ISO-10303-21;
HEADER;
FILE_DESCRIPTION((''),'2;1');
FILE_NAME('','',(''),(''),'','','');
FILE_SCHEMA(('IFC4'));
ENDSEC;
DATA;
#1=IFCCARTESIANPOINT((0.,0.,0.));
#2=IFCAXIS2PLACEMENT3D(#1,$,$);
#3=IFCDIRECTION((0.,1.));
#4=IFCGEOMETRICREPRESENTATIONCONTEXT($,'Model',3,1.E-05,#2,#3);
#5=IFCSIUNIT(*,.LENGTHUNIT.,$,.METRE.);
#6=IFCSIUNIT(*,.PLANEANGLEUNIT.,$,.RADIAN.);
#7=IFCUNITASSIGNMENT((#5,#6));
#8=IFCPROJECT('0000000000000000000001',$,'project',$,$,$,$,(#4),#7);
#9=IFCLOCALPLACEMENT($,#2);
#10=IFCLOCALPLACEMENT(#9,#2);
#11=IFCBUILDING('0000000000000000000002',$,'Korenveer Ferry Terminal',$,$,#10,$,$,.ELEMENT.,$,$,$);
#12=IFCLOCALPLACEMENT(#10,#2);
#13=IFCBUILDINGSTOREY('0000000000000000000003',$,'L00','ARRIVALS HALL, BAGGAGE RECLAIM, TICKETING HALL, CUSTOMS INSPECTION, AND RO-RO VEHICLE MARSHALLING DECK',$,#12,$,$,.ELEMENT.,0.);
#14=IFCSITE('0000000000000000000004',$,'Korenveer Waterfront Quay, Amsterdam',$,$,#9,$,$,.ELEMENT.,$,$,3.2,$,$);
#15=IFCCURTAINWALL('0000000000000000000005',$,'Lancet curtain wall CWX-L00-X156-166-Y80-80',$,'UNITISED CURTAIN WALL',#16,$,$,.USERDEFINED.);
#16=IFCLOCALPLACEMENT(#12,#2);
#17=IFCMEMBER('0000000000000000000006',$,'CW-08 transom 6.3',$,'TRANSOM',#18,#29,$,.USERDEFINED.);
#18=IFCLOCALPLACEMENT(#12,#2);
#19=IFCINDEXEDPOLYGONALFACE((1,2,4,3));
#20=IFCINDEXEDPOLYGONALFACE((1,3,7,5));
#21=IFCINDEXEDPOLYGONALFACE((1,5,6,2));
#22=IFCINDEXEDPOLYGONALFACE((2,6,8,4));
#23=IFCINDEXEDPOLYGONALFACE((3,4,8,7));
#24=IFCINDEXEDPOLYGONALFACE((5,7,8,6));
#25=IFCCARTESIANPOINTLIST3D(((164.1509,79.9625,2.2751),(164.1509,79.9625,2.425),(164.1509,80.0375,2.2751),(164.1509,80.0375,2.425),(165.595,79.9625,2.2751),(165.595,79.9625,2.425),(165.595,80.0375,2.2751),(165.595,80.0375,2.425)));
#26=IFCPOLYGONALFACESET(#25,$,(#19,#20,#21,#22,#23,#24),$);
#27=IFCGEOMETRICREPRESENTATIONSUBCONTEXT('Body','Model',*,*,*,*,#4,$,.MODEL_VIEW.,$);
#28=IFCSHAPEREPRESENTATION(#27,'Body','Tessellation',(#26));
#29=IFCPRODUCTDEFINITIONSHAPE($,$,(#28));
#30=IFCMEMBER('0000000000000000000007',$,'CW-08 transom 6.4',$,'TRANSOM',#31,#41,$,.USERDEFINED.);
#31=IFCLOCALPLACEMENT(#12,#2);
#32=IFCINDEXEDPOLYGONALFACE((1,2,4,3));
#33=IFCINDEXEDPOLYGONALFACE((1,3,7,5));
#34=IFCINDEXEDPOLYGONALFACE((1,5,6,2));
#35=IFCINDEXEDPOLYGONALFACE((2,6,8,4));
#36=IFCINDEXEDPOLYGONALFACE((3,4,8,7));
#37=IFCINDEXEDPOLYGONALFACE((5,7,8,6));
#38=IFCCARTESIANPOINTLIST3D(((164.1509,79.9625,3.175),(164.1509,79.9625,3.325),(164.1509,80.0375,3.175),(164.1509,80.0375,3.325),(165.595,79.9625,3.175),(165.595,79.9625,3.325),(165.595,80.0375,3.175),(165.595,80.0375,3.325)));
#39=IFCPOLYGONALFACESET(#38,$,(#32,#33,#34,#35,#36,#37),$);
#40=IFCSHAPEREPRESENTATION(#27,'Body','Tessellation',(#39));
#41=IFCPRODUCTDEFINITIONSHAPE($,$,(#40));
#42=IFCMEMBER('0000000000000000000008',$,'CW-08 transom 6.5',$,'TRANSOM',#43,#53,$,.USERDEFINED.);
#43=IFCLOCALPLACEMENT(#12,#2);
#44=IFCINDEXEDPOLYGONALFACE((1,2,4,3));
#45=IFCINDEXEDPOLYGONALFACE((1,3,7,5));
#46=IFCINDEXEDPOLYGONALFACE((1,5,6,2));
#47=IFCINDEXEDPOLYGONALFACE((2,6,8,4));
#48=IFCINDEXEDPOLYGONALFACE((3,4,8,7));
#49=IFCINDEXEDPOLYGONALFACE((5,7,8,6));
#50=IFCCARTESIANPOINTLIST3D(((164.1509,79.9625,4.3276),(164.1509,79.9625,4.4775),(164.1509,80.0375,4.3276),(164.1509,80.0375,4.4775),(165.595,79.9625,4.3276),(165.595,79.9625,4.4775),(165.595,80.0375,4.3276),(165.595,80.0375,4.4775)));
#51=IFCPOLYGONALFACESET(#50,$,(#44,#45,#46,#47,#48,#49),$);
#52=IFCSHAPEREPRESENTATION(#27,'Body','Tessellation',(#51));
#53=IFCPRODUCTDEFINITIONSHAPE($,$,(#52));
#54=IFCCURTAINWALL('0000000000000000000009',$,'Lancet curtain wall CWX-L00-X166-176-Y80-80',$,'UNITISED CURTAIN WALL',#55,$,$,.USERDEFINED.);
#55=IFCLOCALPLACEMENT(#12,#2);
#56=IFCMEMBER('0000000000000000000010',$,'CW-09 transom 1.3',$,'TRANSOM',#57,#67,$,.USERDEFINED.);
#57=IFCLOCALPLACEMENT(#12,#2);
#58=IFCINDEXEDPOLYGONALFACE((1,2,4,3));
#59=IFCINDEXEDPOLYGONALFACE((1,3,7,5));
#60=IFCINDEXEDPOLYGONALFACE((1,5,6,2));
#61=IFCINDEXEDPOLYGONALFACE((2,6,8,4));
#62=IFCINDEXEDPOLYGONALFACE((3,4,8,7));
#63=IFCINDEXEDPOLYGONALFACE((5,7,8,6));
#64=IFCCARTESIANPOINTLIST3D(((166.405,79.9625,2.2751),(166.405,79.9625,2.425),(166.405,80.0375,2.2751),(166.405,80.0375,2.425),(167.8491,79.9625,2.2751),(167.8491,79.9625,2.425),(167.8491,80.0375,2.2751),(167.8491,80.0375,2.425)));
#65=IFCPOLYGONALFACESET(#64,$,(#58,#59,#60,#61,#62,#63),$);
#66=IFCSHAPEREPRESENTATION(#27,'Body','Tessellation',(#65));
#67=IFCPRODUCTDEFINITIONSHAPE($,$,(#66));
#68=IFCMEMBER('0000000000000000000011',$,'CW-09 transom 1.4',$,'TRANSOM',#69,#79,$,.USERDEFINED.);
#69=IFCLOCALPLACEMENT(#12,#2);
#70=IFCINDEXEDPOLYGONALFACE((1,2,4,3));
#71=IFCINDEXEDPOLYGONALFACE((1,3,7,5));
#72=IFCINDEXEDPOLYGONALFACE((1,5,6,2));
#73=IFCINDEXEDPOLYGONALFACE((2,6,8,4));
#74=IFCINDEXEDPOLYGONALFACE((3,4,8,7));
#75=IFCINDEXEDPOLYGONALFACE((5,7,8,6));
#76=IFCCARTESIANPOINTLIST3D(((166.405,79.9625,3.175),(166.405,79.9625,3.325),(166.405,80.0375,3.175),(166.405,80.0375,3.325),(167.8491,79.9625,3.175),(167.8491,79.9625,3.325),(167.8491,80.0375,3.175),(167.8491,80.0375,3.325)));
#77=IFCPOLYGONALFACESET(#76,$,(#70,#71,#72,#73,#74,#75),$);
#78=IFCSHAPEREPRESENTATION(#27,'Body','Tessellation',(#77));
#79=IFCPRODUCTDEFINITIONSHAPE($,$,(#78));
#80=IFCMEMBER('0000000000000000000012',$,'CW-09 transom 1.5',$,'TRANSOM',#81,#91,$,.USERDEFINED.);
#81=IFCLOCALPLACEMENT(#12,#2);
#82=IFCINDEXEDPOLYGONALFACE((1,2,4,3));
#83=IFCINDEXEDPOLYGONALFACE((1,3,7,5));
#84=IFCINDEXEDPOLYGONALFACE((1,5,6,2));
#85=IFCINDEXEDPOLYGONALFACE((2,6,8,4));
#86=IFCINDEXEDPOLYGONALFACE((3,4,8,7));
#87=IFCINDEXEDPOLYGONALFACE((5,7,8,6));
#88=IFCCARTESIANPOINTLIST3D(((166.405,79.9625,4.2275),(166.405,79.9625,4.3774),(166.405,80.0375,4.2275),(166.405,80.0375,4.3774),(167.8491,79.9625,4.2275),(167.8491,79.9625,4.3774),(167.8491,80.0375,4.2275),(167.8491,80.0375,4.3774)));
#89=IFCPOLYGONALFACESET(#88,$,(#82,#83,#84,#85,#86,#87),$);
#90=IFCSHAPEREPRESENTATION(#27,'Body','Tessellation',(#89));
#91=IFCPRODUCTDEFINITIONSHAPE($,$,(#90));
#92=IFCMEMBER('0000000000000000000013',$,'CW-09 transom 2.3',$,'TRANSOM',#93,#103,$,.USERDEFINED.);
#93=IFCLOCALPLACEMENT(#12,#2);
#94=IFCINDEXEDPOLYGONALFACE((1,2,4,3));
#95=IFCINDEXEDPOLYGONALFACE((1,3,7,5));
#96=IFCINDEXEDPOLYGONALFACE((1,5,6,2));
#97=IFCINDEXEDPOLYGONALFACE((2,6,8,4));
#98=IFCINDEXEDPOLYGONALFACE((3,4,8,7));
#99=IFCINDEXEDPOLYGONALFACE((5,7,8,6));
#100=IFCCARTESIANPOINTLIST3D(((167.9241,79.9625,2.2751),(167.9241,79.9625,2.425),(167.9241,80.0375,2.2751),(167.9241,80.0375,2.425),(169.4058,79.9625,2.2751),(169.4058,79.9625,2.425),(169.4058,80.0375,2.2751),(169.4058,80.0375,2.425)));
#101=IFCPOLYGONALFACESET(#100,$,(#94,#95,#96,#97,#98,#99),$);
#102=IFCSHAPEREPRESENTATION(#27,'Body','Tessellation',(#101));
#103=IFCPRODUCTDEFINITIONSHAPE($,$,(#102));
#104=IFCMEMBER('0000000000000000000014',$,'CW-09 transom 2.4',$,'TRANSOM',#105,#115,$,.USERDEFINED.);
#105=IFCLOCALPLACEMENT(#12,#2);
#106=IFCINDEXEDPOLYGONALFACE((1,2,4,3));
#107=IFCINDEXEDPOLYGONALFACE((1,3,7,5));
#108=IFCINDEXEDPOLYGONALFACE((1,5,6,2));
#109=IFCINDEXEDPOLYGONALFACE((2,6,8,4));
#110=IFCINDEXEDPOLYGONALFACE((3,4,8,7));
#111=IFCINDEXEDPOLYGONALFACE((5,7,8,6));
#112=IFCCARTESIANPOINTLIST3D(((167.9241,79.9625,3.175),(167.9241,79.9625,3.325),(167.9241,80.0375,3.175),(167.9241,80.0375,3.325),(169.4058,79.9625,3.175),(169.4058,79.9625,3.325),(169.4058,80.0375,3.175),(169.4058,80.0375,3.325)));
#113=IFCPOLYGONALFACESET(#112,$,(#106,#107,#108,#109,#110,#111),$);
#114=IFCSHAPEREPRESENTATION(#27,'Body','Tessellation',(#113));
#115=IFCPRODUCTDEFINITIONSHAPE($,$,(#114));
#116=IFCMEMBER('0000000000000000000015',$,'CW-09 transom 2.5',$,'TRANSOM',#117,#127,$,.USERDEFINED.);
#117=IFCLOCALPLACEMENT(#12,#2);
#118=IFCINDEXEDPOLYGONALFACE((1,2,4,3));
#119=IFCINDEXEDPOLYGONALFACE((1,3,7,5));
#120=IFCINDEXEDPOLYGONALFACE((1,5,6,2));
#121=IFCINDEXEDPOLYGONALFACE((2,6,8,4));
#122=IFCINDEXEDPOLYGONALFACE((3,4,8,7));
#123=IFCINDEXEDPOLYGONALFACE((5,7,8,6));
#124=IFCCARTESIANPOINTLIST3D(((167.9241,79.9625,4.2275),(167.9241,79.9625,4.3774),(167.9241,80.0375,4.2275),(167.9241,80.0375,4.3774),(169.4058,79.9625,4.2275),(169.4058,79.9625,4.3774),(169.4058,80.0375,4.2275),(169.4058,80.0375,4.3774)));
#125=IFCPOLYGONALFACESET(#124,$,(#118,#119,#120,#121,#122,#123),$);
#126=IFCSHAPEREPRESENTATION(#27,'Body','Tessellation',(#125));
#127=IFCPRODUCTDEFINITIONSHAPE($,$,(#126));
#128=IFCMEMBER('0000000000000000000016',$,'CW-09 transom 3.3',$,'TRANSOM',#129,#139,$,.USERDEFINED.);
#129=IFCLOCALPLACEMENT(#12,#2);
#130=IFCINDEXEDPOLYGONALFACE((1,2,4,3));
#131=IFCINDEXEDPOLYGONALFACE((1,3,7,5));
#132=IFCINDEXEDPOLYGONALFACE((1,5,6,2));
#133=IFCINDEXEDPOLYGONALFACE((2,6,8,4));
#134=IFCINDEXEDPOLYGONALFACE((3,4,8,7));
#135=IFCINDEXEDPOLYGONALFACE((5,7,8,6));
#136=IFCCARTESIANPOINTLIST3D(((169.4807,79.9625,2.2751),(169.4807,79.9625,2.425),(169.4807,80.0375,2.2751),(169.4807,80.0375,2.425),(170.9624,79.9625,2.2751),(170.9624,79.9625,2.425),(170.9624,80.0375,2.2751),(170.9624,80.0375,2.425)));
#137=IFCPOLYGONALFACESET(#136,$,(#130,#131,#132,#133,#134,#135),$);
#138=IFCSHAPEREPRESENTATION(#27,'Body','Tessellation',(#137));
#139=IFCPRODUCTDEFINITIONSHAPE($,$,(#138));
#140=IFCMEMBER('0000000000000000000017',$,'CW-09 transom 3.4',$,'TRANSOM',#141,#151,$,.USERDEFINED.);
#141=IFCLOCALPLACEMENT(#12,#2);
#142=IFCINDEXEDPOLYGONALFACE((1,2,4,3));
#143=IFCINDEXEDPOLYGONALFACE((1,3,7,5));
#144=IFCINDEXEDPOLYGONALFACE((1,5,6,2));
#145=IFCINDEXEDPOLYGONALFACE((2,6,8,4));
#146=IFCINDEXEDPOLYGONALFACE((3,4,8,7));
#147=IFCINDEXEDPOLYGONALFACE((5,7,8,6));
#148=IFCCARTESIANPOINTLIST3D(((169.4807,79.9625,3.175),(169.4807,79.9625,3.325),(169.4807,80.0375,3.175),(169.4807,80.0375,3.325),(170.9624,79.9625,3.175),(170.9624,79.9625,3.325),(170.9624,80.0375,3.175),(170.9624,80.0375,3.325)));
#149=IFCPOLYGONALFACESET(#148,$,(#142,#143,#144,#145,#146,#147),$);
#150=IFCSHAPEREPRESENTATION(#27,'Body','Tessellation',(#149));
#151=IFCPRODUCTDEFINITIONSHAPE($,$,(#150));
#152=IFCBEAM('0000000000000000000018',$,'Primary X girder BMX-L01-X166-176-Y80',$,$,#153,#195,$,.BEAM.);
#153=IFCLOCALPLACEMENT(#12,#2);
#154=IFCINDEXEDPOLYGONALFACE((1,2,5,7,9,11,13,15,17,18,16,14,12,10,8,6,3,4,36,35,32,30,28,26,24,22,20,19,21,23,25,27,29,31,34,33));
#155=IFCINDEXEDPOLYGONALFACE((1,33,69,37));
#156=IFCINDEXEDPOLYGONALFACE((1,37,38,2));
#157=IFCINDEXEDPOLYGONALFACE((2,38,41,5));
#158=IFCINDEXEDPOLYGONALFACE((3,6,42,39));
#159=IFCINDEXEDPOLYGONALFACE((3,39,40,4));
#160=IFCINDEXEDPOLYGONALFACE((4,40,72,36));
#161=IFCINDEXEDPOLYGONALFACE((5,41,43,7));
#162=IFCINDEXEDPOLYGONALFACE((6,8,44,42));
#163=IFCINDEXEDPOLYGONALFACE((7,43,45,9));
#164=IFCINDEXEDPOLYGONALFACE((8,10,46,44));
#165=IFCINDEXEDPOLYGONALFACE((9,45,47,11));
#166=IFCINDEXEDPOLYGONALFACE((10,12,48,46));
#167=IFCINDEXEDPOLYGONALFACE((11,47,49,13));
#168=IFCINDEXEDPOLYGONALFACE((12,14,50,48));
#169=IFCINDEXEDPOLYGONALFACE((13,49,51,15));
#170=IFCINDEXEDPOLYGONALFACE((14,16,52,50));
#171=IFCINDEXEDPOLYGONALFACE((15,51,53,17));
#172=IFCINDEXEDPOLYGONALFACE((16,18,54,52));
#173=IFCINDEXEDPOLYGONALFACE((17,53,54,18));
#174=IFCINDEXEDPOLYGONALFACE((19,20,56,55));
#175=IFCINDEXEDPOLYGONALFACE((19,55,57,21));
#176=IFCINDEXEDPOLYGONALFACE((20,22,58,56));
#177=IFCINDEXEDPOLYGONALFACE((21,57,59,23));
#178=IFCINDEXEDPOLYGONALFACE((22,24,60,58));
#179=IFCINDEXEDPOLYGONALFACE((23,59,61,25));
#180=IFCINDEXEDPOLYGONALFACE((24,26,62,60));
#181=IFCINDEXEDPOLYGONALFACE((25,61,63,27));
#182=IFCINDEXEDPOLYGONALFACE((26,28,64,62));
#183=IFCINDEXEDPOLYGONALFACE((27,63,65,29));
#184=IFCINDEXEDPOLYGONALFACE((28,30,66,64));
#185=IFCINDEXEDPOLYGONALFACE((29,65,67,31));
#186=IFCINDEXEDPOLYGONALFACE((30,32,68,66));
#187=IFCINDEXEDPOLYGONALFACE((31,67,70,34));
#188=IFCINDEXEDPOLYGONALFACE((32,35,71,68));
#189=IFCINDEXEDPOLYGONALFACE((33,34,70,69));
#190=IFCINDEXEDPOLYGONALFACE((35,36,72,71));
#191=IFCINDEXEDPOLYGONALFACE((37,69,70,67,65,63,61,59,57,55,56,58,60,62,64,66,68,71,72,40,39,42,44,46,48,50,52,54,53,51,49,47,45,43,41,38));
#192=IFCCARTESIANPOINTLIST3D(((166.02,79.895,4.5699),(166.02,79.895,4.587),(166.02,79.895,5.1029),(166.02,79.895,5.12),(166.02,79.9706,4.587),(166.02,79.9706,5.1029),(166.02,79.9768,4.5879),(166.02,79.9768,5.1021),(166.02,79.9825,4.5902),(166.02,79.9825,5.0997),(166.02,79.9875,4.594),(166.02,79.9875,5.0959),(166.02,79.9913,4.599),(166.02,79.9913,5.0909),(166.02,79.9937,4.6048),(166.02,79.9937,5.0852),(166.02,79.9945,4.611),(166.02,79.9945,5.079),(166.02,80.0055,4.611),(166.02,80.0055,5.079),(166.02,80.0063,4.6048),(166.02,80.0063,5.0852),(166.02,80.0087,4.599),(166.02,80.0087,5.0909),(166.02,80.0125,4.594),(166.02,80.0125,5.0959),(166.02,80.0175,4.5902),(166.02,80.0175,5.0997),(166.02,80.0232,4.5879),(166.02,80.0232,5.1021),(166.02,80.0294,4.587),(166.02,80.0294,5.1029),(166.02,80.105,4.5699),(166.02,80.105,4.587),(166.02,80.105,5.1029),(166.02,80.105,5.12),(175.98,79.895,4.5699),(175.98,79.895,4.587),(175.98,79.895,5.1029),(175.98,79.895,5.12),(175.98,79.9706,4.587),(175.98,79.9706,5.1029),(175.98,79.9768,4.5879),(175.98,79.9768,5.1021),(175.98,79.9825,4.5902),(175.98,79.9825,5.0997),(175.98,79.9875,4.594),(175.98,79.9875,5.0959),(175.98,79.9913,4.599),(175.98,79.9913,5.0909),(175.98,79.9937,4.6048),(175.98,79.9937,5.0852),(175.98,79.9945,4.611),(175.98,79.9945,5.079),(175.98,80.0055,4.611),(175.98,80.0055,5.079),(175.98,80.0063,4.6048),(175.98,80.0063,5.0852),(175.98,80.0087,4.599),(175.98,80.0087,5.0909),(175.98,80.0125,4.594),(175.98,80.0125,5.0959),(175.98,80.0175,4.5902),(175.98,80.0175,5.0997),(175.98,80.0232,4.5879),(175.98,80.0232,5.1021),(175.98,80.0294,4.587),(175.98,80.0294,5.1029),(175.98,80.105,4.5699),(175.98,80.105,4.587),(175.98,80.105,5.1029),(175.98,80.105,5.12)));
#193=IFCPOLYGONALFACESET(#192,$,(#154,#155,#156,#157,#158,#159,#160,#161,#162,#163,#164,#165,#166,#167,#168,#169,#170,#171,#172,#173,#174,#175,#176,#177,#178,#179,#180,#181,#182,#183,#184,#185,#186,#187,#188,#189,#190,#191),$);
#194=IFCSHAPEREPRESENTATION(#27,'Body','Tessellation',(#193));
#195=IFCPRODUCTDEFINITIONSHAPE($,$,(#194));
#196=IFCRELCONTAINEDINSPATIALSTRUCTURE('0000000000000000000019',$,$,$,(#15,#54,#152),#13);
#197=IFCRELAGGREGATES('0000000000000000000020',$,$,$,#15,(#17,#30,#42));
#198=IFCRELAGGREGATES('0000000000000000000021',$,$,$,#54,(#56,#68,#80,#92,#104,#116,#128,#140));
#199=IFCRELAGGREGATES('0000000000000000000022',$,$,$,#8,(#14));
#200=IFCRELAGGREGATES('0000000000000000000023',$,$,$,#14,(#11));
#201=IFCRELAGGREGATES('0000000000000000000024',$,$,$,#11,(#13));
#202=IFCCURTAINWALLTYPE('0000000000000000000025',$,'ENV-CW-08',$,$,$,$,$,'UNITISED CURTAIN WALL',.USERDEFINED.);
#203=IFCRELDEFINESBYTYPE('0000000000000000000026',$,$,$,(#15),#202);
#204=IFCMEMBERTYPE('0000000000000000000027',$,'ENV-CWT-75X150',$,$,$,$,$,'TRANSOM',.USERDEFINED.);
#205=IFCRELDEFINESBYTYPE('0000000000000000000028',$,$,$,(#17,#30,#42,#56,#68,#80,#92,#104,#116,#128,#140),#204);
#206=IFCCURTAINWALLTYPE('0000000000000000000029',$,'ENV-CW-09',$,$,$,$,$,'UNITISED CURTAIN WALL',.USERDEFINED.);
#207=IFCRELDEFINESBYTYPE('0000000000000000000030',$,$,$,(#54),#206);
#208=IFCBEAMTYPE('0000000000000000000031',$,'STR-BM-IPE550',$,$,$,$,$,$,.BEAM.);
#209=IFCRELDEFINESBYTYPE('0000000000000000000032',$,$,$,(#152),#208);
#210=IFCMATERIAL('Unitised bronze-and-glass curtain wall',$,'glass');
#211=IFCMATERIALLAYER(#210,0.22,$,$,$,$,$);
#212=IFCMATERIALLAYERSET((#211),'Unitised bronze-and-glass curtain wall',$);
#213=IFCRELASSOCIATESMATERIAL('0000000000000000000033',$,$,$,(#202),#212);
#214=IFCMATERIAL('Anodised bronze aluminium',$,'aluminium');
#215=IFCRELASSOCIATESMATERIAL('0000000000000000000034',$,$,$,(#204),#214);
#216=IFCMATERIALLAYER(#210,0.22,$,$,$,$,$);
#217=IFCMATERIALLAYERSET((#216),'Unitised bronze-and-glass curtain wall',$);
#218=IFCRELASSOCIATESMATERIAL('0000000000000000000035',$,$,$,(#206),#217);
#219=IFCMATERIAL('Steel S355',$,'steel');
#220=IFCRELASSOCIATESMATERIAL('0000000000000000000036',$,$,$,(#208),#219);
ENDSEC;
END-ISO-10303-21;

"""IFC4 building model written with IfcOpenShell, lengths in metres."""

from ifc_helpers import new_model, si_unit, direction, frame, origin, origin_2d, place, context, subcontext, project, spatial, rectangle, i_section, extrude, material, layer, layer_set, material_profile, profile_set, type_object, element, aggregate, save


model = new_model("IFC4")

# Units and contexts
model_context = context("Model", 3, precision=1e-05, world=origin(), true_north=direction((0.0, 1.0)))
body_context = subcontext(model_context, "Body", "Model", "MODEL_VIEW")
ifc_project = project(units=[si_unit("LENGTHUNIT", "METRE"), si_unit("PLANEANGLEUNIT", "RADIAN")], contexts=[model_context])

# Site, building, storey
site_placement = place(None, origin())
site = spatial("IfcSite", under=ifc_project, at=site_placement, Name="Korenveer Waterfront Quay, Amsterdam", CompositionType="ELEMENT", RefElevation=3.2)
building_placement = place(site_placement, origin())
building = spatial("IfcBuilding", under=site, at=building_placement, Name="Korenveer Ferry Terminal", CompositionType="ELEMENT")
storey_placement = place(building_placement, origin())
storey = spatial("IfcBuildingStorey", under=building, at=storey_placement, Name="L00", Description="ARRIVALS HALL, BAGGAGE RECLAIM, TICKETING HALL, CUSTOMS INSPECTION, AND RO-RO VEHICLE MARSHALLING DECK", CompositionType="ELEMENT", Elevation=0.0)

# Curtain walls, members
ifc_material_1 = material(Name="Unitised bronze-and-glass curtain wall", Category="glass")
ifc_layer_1 = layer(ifc_material_1, 0.22)
ifc_layer_set_1 = layer_set([ifc_layer_1], Name="Unitised bronze-and-glass curtain wall")
curtain_wall_type_1 = type_object("IfcCurtainWallType", Name="ENV-CW-08", ElementType="UNITISED CURTAIN WALL", PredefinedType="USERDEFINED", material=ifc_layer_set_1)
curtain_wall_1_placement = place(storey_placement, frame((156.3301, 80.0, 0.0)))
curtain_wall_1 = element("IfcCurtainWall", 1, at=curtain_wall_1_placement, inside=storey, type_object=curtain_wall_type_1, Name="Lancet curtain wall CWX-L00-X156-166-Y80-80", ObjectType="UNITISED CURTAIN WALL", PredefinedType="USERDEFINED")
ifc_material_2 = material(Name="Anodised bronze aluminium", Category="aluminium")
ifc_material_profile_1 = material_profile(ifc_material_2, rectangle(XDim=0.075, YDim=0.1499, at=origin_2d()), Name="ALU 75x150")
ifc_profile_set_1 = profile_set([ifc_material_profile_1], Name="Anodised bronze aluminium")
member_type = type_object("IfcMemberType", Name="ENV-CWT-75X150", ElementType="TRANSOM", PredefinedType="USERDEFINED", material=ifc_profile_set_1)
member_1_placement = place(storey_placement, frame((164.1509, 80.0, 2.3501), z_axis=(1.0, 0.0, 0.0), x_axis=(0.0, 1.0, 0.0)))
member_1 = element("IfcMember", 2, at=member_1_placement, type_object=member_type, Name="CW-08 transom 6.3", ObjectType="TRANSOM", PredefinedType="USERDEFINED", context=body_context, shape_type="SweptSolid", body=[
    extrude(rectangle(XDim=0.075, YDim=0.1499, at=origin_2d()), origin(), (0.0, 0.0, 1.0), 1.4441),
])
member_2_placement = place(storey_placement, frame((164.1509, 80.0, 3.25), z_axis=(1.0, 0.0, 0.0), x_axis=(0.0, 1.0, 0.0)))
member_2 = element("IfcMember", 3, at=member_2_placement, type_object=member_type, Name="CW-08 transom 6.4", ObjectType="TRANSOM", PredefinedType="USERDEFINED", context=body_context, shape_type="SweptSolid", body=[
    extrude(rectangle(XDim=0.075, YDim=0.1499, at=origin_2d()), origin(), (0.0, 0.0, 1.0), 1.4441),
])
member_3_placement = place(storey_placement, frame((164.1509, 80.0, 4.4026), z_axis=(1.0, 0.0, 0.0), x_axis=(0.0, 1.0, 0.0)))
member_3 = element("IfcMember", 4, at=member_3_placement, type_object=member_type, Name="CW-08 transom 6.5", ObjectType="TRANSOM", PredefinedType="USERDEFINED", context=body_context, shape_type="SweptSolid", body=[
    extrude(rectangle(XDim=0.075, YDim=0.1499, at=origin_2d()), origin(), (0.0, 0.0, 1.0), 1.4441),
])
ifc_layer_2 = layer(ifc_material_1, 0.22)
ifc_layer_set_2 = layer_set([ifc_layer_2], Name="Unitised bronze-and-glass curtain wall")
curtain_wall_type_2 = type_object("IfcCurtainWallType", Name="ENV-CW-09", ElementType="UNITISED CURTAIN WALL", PredefinedType="USERDEFINED", material=ifc_layer_set_2)
curtain_wall_2_placement = place(storey_placement, frame((166.3301, 80.0, 0.0)))
curtain_wall_2 = element("IfcCurtainWall", 5, at=curtain_wall_2_placement, inside=storey, type_object=curtain_wall_type_2, Name="Lancet curtain wall CWX-L00-X166-176-Y80-80", ObjectType="UNITISED CURTAIN WALL", PredefinedType="USERDEFINED")
member_4_placement = place(storey_placement, frame((166.405, 80.0, 2.3501), z_axis=(1.0, 0.0, 0.0), x_axis=(0.0, 1.0, 0.0)))
member_4 = element("IfcMember", 6, at=member_4_placement, type_object=member_type, Name="CW-09 transom 1.3", ObjectType="TRANSOM", PredefinedType="USERDEFINED", context=body_context, shape_type="SweptSolid", body=[
    extrude(rectangle(XDim=0.075, YDim=0.1499, at=origin_2d()), origin(), (0.0, 0.0, 1.0), 1.4441),
])
member_5_placement = place(storey_placement, frame((166.405, 80.0, 3.25), z_axis=(1.0, 0.0, 0.0), x_axis=(0.0, 1.0, 0.0)))
member_5 = element("IfcMember", 7, at=member_5_placement, type_object=member_type, Name="CW-09 transom 1.4", ObjectType="TRANSOM", PredefinedType="USERDEFINED", context=body_context, shape_type="SweptSolid", body=[
    extrude(rectangle(XDim=0.075, YDim=0.1499, at=origin_2d()), origin(), (0.0, 0.0, 1.0), 1.4441),
])
member_6_placement = place(storey_placement, frame((166.405, 80.0, 4.3025), z_axis=(1.0, 0.0, 0.0), x_axis=(0.0, 1.0, 0.0)))
member_6 = element("IfcMember", 8, at=member_6_placement, type_object=member_type, Name="CW-09 transom 1.5", ObjectType="TRANSOM", PredefinedType="USERDEFINED", context=body_context, shape_type="SweptSolid", body=[
    extrude(rectangle(XDim=0.075, YDim=0.1499, at=origin_2d()), origin(), (0.0, 0.0, 1.0), 1.4441),
])
member_7_placement = place(storey_placement, frame((167.9241, 80.0, 2.3501), z_axis=(1.0, 0.0, 0.0), x_axis=(0.0, 1.0, 0.0)))
member_7 = element("IfcMember", 9, at=member_7_placement, type_object=member_type, Name="CW-09 transom 2.3", ObjectType="TRANSOM", PredefinedType="USERDEFINED", context=body_context, shape_type="SweptSolid", body=[
    extrude(rectangle(XDim=0.075, YDim=0.1499, at=origin_2d()), origin(), (0.0, 0.0, 1.0), 1.4817),
])
member_8_placement = place(storey_placement, frame((167.9241, 80.0, 3.25), z_axis=(1.0, 0.0, 0.0), x_axis=(0.0, 1.0, 0.0)))
member_8 = element("IfcMember", 10, at=member_8_placement, type_object=member_type, Name="CW-09 transom 2.4", ObjectType="TRANSOM", PredefinedType="USERDEFINED", context=body_context, shape_type="SweptSolid", body=[
    extrude(rectangle(XDim=0.075, YDim=0.1499, at=origin_2d()), origin(), (0.0, 0.0, 1.0), 1.4817),
])
member_9_placement = place(storey_placement, frame((167.9241, 80.0, 4.3025), z_axis=(1.0, 0.0, 0.0), x_axis=(0.0, 1.0, 0.0)))
member_9 = element("IfcMember", 11, at=member_9_placement, type_object=member_type, Name="CW-09 transom 2.5", ObjectType="TRANSOM", PredefinedType="USERDEFINED", context=body_context, shape_type="SweptSolid", body=[
    extrude(rectangle(XDim=0.075, YDim=0.1499, at=origin_2d()), origin(), (0.0, 0.0, 1.0), 1.4817),
])
member_10_placement = place(storey_placement, frame((169.4807, 80.0, 2.3501), z_axis=(1.0, 0.0, 0.0), x_axis=(0.0, 1.0, 0.0)))
member_10 = element("IfcMember", 12, at=member_10_placement, type_object=member_type, Name="CW-09 transom 3.3", ObjectType="TRANSOM", PredefinedType="USERDEFINED", context=body_context, shape_type="SweptSolid", body=[
    extrude(rectangle(XDim=0.075, YDim=0.1499, at=origin_2d()), origin(), (0.0, 0.0, 1.0), 1.4817),
])
member_11_placement = place(storey_placement, frame((169.4807, 80.0, 3.25), z_axis=(1.0, 0.0, 0.0), x_axis=(0.0, 1.0, 0.0)))
member_11 = element("IfcMember", 13, at=member_11_placement, type_object=member_type, Name="CW-09 transom 3.4", ObjectType="TRANSOM", PredefinedType="USERDEFINED", context=body_context, shape_type="SweptSolid", body=[
    extrude(rectangle(XDim=0.075, YDim=0.1499, at=origin_2d()), origin(), (0.0, 0.0, 1.0), 1.4817),
])

# Beam
ifc_material_3 = material(Name="Steel S355", Category="steel")
ifc_material_profile_2 = material_profile(ifc_material_3, i_section(OverallWidth=0.21, OverallDepth=0.55, WebThickness=0.011, FlangeThickness=0.0171, FilletRadius=0.0239, at=origin_2d()), Name="IPE 550")
ifc_profile_set_2 = profile_set([ifc_material_profile_2], Name="Steel S355")
beam_type = type_object("IfcBeamType", Name="STR-BM-IPE550", PredefinedType="BEAM", material=ifc_profile_set_2)
beam_placement = place(storey_placement, frame((166.02, 80.0, 4.845), z_axis=(1.0, 0.0, 0.0), x_axis=(0.0, 1.0, 0.0)))
element("IfcBeam", 14, at=beam_placement, inside=storey, type_object=beam_type, Name="Primary X girder BMX-L01-X166-176-Y80", PredefinedType="BEAM", context=body_context, shape_type="SweptSolid", body=[
    extrude(i_section(OverallWidth=0.21, OverallDepth=0.55, WebThickness=0.011, FlangeThickness=0.0171, FilletRadius=0.0239, at=origin_2d()), origin(), (0.0, 0.0, 1.0), 9.96),
])

aggregate(curtain_wall_1, [member_1, member_2, member_3])
aggregate(curtain_wall_2, [member_4, member_5, member_6, member_7, member_8, member_9, member_10, member_11])

save(model, "model.ifc")
